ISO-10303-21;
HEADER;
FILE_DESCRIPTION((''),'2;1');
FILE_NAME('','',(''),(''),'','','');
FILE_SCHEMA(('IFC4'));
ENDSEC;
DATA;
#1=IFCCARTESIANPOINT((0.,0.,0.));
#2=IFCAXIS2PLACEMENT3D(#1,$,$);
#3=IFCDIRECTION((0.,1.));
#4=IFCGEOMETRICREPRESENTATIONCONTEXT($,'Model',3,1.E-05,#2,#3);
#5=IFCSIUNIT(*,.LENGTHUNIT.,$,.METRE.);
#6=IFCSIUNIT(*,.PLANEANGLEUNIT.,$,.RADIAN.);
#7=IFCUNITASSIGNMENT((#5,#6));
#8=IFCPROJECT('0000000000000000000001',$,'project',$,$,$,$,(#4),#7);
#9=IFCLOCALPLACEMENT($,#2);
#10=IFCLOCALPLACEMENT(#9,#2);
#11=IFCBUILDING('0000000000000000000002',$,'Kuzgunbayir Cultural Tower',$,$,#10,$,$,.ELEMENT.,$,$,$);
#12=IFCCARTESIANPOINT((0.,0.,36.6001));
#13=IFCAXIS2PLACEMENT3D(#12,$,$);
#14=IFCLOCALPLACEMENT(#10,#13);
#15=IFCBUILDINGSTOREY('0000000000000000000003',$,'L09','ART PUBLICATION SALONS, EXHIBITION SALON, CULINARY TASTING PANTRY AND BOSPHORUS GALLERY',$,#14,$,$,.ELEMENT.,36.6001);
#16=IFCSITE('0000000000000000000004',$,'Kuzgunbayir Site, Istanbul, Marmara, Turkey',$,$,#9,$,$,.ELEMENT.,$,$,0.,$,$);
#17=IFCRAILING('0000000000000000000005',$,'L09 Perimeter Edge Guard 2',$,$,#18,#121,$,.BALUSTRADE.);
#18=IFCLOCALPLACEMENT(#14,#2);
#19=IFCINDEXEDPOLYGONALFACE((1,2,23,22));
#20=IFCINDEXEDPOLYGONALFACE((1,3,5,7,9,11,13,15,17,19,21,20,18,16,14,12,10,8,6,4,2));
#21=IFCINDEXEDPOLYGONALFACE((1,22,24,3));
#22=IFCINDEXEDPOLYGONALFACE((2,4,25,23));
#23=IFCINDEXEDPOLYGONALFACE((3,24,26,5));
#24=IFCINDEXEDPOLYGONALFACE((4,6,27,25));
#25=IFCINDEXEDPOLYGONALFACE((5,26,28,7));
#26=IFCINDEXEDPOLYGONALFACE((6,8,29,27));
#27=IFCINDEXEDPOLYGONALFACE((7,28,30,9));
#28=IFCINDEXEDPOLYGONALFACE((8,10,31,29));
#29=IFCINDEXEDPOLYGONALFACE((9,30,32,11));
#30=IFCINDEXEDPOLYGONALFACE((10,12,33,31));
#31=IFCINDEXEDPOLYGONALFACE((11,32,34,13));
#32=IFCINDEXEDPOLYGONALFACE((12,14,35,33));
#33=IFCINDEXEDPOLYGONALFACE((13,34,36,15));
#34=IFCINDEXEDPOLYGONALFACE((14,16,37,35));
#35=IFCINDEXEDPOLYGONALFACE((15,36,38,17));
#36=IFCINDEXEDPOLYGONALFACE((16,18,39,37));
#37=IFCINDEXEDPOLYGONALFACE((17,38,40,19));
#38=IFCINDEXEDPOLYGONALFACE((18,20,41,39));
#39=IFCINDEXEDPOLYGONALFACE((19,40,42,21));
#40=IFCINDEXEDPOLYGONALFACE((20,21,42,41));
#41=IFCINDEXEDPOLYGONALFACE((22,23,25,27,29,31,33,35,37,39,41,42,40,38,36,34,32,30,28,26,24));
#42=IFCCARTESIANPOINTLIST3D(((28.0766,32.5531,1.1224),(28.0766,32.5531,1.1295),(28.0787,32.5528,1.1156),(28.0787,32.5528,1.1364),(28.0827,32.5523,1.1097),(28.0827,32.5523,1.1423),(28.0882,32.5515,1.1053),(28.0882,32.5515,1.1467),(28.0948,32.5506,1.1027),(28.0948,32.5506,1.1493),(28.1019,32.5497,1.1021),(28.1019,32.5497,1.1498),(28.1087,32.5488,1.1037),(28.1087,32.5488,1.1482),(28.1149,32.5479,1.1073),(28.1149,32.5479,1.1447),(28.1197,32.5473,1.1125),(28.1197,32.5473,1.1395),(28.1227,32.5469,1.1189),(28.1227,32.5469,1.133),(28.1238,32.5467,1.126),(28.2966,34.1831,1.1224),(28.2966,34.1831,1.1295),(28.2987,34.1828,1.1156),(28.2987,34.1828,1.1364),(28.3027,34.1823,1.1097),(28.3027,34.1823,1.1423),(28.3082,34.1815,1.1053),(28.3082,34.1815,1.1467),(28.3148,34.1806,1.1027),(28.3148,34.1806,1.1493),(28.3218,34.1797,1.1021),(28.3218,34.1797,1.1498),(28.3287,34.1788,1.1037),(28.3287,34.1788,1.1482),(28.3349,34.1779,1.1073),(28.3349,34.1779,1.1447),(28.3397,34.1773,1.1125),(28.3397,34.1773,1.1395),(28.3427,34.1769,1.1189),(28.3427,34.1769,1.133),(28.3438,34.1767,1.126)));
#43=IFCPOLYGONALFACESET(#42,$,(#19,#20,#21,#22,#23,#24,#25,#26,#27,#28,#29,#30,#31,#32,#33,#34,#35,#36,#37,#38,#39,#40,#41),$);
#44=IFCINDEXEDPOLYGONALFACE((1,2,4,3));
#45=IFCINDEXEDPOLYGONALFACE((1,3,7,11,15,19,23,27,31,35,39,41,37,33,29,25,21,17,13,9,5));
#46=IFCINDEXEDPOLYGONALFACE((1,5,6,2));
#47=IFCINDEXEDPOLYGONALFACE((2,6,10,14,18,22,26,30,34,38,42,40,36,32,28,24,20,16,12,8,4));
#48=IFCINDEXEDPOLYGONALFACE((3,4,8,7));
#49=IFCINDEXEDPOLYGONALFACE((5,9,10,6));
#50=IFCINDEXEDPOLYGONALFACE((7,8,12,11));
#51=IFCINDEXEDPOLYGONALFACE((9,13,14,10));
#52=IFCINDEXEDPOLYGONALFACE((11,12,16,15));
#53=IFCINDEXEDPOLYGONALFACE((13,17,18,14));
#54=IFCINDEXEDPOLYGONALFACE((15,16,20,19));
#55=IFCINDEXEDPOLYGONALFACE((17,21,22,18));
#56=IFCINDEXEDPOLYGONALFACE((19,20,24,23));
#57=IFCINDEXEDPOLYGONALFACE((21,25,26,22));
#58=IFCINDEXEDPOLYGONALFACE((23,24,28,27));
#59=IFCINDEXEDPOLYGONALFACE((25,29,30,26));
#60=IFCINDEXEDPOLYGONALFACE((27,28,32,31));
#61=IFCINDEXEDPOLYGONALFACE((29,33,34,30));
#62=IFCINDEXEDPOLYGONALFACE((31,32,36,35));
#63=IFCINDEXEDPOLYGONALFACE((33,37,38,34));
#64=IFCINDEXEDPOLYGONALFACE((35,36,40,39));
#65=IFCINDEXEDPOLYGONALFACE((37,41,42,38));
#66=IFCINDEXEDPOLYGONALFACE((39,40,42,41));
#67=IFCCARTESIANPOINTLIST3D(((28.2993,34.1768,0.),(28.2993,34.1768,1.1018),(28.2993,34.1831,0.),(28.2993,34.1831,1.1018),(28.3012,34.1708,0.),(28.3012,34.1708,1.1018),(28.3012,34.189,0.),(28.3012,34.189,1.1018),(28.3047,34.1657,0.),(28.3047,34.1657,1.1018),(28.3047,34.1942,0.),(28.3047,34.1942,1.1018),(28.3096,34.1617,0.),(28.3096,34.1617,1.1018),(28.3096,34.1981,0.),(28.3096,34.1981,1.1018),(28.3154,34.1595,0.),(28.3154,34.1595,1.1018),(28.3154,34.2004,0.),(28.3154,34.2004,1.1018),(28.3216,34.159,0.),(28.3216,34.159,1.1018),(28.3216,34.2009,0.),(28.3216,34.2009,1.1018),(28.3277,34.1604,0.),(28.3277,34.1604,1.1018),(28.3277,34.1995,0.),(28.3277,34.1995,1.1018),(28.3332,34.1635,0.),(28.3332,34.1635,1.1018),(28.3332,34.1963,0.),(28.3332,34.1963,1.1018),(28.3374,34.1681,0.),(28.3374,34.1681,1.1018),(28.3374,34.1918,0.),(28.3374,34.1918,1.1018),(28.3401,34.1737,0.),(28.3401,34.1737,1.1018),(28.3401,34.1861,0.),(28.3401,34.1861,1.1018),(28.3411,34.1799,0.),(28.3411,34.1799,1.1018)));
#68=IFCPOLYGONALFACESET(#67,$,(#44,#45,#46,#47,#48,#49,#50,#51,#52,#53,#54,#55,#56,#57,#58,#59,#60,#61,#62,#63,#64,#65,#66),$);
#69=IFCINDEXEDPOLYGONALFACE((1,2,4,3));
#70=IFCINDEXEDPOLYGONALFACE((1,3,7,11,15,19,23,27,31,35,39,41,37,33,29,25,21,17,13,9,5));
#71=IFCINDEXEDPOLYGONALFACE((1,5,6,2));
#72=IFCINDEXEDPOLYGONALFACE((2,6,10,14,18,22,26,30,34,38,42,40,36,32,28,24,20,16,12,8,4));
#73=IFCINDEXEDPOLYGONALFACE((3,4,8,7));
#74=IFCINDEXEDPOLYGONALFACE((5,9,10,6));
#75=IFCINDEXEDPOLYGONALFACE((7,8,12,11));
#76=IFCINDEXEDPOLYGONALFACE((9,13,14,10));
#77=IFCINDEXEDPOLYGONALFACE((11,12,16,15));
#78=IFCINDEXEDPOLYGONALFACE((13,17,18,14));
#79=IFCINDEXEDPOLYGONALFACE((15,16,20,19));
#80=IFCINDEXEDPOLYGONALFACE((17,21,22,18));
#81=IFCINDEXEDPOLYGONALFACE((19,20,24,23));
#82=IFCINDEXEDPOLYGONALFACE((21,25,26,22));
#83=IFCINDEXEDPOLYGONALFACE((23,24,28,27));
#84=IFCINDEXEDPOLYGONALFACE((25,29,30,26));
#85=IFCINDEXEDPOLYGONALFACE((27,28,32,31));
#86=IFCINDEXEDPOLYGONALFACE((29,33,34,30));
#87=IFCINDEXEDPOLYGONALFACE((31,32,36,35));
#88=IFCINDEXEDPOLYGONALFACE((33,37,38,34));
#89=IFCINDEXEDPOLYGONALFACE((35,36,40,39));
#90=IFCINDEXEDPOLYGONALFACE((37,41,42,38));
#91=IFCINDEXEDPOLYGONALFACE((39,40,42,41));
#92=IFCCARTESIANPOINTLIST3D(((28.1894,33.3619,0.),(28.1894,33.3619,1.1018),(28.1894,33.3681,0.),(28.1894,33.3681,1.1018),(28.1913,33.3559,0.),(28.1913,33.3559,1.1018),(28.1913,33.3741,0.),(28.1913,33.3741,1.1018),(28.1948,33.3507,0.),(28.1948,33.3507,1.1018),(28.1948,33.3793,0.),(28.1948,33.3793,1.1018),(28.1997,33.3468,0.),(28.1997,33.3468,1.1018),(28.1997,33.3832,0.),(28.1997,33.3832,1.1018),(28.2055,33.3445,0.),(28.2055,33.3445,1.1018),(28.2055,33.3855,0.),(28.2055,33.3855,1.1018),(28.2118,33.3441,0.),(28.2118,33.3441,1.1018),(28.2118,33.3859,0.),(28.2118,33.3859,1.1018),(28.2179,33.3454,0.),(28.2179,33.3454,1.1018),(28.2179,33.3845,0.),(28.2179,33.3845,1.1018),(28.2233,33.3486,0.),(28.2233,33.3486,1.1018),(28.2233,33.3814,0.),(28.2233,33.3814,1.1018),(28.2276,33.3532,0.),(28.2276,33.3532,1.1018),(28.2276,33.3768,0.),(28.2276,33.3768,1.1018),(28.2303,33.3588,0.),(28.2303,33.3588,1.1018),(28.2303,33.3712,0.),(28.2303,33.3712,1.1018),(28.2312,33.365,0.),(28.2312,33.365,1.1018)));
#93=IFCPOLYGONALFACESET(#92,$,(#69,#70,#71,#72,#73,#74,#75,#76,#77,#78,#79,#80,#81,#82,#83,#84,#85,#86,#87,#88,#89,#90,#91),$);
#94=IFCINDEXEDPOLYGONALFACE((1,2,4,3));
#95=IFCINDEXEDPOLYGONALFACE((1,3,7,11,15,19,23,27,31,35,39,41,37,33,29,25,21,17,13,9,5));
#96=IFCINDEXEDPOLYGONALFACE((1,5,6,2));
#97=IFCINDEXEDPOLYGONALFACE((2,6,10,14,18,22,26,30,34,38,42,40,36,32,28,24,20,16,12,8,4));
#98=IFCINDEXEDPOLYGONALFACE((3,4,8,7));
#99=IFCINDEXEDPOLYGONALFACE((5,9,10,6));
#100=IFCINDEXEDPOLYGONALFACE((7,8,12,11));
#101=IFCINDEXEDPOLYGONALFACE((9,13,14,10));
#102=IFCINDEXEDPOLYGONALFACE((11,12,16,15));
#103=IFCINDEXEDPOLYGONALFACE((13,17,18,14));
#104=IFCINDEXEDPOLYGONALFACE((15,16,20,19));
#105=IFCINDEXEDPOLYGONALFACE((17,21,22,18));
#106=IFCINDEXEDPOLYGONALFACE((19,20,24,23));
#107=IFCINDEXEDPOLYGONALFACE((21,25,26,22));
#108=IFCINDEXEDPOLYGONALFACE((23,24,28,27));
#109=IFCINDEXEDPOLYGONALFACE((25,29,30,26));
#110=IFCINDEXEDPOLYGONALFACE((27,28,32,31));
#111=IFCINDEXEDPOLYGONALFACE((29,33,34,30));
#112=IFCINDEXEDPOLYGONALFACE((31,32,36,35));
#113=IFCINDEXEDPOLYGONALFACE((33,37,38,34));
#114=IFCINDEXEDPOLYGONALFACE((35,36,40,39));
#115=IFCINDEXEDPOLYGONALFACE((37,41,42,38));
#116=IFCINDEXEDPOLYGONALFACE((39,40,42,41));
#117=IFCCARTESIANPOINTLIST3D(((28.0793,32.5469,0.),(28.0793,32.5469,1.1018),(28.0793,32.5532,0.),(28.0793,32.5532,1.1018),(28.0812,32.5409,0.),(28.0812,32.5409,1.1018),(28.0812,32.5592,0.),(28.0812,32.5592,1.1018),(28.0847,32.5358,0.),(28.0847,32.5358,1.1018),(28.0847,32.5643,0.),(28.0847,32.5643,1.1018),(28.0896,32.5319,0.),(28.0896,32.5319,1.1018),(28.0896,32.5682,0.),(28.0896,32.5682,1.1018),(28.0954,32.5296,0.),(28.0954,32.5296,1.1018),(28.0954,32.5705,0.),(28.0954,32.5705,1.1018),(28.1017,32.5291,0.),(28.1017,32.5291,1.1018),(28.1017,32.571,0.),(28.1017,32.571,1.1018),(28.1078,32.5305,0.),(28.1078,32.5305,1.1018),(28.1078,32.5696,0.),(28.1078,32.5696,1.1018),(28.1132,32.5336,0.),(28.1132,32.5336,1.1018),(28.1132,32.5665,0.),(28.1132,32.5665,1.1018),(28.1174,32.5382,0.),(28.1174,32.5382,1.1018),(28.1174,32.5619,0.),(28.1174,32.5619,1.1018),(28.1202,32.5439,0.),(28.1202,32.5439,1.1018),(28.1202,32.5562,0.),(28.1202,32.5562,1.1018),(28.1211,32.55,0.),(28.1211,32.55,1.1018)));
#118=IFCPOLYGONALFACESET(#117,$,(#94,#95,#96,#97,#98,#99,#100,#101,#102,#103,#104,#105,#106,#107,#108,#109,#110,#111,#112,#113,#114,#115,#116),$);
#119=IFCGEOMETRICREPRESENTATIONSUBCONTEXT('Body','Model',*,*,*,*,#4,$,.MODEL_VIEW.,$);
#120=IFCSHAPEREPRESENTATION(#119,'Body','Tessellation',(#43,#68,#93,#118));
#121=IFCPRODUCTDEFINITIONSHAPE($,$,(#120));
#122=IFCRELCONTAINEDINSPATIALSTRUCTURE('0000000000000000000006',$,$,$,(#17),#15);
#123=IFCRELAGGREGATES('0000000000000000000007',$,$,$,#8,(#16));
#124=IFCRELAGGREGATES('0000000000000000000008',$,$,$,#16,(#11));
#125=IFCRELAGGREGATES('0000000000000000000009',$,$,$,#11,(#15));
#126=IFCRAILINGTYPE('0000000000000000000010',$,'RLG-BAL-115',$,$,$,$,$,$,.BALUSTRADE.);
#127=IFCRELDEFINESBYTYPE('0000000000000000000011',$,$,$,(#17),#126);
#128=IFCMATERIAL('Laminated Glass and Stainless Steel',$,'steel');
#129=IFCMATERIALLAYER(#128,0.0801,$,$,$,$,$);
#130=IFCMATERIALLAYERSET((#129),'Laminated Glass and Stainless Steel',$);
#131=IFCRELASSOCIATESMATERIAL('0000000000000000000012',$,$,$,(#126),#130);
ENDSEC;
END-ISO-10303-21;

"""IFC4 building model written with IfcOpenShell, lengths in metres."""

from ifc_helpers import new_model, si_unit, direction, frame, origin, origin_2d, place, context, subcontext, project, spatial, circle, extrude, material, layer, layer_set, type_object, element, save


model = new_model("IFC4")

# Units and contexts
model_context = context("Model", 3, precision=1e-05, world=origin(), true_north=direction((0.0, 1.0)))
body_context = subcontext(model_context, "Body", "Model", "MODEL_VIEW")
ifc_project = project(units=[si_unit("LENGTHUNIT", "METRE"), si_unit("PLANEANGLEUNIT", "RADIAN")], contexts=[model_context])

# Site, building, storey
site_placement = place(None, origin())
site = spatial("IfcSite", under=ifc_project, at=site_placement, Name="Kuzgunbayir Site, Istanbul, Marmara, Turkey", CompositionType="ELEMENT", RefElevation=0.0)
building_placement = place(site_placement, origin())
building = spatial("IfcBuilding", under=site, at=building_placement, Name="Kuzgunbayir Cultural Tower", CompositionType="ELEMENT")
storey_placement = place(building_placement, frame((0.0, 0.0, 36.6001)))
storey = spatial("IfcBuildingStorey", under=building, at=storey_placement, Name="L09", Description="ART PUBLICATION SALONS, EXHIBITION SALON, CULINARY TASTING PANTRY AND BOSPHORUS GALLERY", CompositionType="ELEMENT", Elevation=36.6001)

# Railing
ifc_material_1 = material(Name="Laminated Glass and Stainless Steel", Category="steel")
ifc_layer_1 = layer(ifc_material_1, 0.0801)
ifc_layer_set_1 = layer_set([ifc_layer_1], Name="Laminated Glass and Stainless Steel")
railing_type = type_object("IfcRailingType", Name="RLG-BAL-115", PredefinedType="BALUSTRADE", material=ifc_layer_set_1)
railing_1_placement = place(storey_placement, frame((28.3201, 34.1799, 0.0)))
element("IfcRailing", 1, at=railing_1_placement, inside=storey, type_object=railing_type, Name="L09 Perimeter Edge Guard 2", PredefinedType="BALUSTRADE", context=body_context, shape_type="SweptSolid", body=[
    extrude(circle(Radius=0.0239, at=origin_2d()), frame((0.0, 0.0, 1.126), z_axis=(-0.133748, -0.991015, 0.0), x_axis=(0.991015, -0.133748, 0.0)), (0.0, 0.0, 1.0), 1.6448),
    extrude(circle(Radius=0.021, at=origin_2d()), origin(), (0.0, 0.0, 1.0), 1.1018),
    extrude(circle(Radius=0.021, at=origin_2d()), frame((-0.1099, -0.8149, 0.0)), (0.0, 0.0, 1.0), 1.1018),
    extrude(circle(Radius=0.021, at=origin_2d()), frame((-0.22, -1.6299, 0.0)), (0.0, 0.0, 1.0), 1.1018),
])

save(model, "model.ifc")
